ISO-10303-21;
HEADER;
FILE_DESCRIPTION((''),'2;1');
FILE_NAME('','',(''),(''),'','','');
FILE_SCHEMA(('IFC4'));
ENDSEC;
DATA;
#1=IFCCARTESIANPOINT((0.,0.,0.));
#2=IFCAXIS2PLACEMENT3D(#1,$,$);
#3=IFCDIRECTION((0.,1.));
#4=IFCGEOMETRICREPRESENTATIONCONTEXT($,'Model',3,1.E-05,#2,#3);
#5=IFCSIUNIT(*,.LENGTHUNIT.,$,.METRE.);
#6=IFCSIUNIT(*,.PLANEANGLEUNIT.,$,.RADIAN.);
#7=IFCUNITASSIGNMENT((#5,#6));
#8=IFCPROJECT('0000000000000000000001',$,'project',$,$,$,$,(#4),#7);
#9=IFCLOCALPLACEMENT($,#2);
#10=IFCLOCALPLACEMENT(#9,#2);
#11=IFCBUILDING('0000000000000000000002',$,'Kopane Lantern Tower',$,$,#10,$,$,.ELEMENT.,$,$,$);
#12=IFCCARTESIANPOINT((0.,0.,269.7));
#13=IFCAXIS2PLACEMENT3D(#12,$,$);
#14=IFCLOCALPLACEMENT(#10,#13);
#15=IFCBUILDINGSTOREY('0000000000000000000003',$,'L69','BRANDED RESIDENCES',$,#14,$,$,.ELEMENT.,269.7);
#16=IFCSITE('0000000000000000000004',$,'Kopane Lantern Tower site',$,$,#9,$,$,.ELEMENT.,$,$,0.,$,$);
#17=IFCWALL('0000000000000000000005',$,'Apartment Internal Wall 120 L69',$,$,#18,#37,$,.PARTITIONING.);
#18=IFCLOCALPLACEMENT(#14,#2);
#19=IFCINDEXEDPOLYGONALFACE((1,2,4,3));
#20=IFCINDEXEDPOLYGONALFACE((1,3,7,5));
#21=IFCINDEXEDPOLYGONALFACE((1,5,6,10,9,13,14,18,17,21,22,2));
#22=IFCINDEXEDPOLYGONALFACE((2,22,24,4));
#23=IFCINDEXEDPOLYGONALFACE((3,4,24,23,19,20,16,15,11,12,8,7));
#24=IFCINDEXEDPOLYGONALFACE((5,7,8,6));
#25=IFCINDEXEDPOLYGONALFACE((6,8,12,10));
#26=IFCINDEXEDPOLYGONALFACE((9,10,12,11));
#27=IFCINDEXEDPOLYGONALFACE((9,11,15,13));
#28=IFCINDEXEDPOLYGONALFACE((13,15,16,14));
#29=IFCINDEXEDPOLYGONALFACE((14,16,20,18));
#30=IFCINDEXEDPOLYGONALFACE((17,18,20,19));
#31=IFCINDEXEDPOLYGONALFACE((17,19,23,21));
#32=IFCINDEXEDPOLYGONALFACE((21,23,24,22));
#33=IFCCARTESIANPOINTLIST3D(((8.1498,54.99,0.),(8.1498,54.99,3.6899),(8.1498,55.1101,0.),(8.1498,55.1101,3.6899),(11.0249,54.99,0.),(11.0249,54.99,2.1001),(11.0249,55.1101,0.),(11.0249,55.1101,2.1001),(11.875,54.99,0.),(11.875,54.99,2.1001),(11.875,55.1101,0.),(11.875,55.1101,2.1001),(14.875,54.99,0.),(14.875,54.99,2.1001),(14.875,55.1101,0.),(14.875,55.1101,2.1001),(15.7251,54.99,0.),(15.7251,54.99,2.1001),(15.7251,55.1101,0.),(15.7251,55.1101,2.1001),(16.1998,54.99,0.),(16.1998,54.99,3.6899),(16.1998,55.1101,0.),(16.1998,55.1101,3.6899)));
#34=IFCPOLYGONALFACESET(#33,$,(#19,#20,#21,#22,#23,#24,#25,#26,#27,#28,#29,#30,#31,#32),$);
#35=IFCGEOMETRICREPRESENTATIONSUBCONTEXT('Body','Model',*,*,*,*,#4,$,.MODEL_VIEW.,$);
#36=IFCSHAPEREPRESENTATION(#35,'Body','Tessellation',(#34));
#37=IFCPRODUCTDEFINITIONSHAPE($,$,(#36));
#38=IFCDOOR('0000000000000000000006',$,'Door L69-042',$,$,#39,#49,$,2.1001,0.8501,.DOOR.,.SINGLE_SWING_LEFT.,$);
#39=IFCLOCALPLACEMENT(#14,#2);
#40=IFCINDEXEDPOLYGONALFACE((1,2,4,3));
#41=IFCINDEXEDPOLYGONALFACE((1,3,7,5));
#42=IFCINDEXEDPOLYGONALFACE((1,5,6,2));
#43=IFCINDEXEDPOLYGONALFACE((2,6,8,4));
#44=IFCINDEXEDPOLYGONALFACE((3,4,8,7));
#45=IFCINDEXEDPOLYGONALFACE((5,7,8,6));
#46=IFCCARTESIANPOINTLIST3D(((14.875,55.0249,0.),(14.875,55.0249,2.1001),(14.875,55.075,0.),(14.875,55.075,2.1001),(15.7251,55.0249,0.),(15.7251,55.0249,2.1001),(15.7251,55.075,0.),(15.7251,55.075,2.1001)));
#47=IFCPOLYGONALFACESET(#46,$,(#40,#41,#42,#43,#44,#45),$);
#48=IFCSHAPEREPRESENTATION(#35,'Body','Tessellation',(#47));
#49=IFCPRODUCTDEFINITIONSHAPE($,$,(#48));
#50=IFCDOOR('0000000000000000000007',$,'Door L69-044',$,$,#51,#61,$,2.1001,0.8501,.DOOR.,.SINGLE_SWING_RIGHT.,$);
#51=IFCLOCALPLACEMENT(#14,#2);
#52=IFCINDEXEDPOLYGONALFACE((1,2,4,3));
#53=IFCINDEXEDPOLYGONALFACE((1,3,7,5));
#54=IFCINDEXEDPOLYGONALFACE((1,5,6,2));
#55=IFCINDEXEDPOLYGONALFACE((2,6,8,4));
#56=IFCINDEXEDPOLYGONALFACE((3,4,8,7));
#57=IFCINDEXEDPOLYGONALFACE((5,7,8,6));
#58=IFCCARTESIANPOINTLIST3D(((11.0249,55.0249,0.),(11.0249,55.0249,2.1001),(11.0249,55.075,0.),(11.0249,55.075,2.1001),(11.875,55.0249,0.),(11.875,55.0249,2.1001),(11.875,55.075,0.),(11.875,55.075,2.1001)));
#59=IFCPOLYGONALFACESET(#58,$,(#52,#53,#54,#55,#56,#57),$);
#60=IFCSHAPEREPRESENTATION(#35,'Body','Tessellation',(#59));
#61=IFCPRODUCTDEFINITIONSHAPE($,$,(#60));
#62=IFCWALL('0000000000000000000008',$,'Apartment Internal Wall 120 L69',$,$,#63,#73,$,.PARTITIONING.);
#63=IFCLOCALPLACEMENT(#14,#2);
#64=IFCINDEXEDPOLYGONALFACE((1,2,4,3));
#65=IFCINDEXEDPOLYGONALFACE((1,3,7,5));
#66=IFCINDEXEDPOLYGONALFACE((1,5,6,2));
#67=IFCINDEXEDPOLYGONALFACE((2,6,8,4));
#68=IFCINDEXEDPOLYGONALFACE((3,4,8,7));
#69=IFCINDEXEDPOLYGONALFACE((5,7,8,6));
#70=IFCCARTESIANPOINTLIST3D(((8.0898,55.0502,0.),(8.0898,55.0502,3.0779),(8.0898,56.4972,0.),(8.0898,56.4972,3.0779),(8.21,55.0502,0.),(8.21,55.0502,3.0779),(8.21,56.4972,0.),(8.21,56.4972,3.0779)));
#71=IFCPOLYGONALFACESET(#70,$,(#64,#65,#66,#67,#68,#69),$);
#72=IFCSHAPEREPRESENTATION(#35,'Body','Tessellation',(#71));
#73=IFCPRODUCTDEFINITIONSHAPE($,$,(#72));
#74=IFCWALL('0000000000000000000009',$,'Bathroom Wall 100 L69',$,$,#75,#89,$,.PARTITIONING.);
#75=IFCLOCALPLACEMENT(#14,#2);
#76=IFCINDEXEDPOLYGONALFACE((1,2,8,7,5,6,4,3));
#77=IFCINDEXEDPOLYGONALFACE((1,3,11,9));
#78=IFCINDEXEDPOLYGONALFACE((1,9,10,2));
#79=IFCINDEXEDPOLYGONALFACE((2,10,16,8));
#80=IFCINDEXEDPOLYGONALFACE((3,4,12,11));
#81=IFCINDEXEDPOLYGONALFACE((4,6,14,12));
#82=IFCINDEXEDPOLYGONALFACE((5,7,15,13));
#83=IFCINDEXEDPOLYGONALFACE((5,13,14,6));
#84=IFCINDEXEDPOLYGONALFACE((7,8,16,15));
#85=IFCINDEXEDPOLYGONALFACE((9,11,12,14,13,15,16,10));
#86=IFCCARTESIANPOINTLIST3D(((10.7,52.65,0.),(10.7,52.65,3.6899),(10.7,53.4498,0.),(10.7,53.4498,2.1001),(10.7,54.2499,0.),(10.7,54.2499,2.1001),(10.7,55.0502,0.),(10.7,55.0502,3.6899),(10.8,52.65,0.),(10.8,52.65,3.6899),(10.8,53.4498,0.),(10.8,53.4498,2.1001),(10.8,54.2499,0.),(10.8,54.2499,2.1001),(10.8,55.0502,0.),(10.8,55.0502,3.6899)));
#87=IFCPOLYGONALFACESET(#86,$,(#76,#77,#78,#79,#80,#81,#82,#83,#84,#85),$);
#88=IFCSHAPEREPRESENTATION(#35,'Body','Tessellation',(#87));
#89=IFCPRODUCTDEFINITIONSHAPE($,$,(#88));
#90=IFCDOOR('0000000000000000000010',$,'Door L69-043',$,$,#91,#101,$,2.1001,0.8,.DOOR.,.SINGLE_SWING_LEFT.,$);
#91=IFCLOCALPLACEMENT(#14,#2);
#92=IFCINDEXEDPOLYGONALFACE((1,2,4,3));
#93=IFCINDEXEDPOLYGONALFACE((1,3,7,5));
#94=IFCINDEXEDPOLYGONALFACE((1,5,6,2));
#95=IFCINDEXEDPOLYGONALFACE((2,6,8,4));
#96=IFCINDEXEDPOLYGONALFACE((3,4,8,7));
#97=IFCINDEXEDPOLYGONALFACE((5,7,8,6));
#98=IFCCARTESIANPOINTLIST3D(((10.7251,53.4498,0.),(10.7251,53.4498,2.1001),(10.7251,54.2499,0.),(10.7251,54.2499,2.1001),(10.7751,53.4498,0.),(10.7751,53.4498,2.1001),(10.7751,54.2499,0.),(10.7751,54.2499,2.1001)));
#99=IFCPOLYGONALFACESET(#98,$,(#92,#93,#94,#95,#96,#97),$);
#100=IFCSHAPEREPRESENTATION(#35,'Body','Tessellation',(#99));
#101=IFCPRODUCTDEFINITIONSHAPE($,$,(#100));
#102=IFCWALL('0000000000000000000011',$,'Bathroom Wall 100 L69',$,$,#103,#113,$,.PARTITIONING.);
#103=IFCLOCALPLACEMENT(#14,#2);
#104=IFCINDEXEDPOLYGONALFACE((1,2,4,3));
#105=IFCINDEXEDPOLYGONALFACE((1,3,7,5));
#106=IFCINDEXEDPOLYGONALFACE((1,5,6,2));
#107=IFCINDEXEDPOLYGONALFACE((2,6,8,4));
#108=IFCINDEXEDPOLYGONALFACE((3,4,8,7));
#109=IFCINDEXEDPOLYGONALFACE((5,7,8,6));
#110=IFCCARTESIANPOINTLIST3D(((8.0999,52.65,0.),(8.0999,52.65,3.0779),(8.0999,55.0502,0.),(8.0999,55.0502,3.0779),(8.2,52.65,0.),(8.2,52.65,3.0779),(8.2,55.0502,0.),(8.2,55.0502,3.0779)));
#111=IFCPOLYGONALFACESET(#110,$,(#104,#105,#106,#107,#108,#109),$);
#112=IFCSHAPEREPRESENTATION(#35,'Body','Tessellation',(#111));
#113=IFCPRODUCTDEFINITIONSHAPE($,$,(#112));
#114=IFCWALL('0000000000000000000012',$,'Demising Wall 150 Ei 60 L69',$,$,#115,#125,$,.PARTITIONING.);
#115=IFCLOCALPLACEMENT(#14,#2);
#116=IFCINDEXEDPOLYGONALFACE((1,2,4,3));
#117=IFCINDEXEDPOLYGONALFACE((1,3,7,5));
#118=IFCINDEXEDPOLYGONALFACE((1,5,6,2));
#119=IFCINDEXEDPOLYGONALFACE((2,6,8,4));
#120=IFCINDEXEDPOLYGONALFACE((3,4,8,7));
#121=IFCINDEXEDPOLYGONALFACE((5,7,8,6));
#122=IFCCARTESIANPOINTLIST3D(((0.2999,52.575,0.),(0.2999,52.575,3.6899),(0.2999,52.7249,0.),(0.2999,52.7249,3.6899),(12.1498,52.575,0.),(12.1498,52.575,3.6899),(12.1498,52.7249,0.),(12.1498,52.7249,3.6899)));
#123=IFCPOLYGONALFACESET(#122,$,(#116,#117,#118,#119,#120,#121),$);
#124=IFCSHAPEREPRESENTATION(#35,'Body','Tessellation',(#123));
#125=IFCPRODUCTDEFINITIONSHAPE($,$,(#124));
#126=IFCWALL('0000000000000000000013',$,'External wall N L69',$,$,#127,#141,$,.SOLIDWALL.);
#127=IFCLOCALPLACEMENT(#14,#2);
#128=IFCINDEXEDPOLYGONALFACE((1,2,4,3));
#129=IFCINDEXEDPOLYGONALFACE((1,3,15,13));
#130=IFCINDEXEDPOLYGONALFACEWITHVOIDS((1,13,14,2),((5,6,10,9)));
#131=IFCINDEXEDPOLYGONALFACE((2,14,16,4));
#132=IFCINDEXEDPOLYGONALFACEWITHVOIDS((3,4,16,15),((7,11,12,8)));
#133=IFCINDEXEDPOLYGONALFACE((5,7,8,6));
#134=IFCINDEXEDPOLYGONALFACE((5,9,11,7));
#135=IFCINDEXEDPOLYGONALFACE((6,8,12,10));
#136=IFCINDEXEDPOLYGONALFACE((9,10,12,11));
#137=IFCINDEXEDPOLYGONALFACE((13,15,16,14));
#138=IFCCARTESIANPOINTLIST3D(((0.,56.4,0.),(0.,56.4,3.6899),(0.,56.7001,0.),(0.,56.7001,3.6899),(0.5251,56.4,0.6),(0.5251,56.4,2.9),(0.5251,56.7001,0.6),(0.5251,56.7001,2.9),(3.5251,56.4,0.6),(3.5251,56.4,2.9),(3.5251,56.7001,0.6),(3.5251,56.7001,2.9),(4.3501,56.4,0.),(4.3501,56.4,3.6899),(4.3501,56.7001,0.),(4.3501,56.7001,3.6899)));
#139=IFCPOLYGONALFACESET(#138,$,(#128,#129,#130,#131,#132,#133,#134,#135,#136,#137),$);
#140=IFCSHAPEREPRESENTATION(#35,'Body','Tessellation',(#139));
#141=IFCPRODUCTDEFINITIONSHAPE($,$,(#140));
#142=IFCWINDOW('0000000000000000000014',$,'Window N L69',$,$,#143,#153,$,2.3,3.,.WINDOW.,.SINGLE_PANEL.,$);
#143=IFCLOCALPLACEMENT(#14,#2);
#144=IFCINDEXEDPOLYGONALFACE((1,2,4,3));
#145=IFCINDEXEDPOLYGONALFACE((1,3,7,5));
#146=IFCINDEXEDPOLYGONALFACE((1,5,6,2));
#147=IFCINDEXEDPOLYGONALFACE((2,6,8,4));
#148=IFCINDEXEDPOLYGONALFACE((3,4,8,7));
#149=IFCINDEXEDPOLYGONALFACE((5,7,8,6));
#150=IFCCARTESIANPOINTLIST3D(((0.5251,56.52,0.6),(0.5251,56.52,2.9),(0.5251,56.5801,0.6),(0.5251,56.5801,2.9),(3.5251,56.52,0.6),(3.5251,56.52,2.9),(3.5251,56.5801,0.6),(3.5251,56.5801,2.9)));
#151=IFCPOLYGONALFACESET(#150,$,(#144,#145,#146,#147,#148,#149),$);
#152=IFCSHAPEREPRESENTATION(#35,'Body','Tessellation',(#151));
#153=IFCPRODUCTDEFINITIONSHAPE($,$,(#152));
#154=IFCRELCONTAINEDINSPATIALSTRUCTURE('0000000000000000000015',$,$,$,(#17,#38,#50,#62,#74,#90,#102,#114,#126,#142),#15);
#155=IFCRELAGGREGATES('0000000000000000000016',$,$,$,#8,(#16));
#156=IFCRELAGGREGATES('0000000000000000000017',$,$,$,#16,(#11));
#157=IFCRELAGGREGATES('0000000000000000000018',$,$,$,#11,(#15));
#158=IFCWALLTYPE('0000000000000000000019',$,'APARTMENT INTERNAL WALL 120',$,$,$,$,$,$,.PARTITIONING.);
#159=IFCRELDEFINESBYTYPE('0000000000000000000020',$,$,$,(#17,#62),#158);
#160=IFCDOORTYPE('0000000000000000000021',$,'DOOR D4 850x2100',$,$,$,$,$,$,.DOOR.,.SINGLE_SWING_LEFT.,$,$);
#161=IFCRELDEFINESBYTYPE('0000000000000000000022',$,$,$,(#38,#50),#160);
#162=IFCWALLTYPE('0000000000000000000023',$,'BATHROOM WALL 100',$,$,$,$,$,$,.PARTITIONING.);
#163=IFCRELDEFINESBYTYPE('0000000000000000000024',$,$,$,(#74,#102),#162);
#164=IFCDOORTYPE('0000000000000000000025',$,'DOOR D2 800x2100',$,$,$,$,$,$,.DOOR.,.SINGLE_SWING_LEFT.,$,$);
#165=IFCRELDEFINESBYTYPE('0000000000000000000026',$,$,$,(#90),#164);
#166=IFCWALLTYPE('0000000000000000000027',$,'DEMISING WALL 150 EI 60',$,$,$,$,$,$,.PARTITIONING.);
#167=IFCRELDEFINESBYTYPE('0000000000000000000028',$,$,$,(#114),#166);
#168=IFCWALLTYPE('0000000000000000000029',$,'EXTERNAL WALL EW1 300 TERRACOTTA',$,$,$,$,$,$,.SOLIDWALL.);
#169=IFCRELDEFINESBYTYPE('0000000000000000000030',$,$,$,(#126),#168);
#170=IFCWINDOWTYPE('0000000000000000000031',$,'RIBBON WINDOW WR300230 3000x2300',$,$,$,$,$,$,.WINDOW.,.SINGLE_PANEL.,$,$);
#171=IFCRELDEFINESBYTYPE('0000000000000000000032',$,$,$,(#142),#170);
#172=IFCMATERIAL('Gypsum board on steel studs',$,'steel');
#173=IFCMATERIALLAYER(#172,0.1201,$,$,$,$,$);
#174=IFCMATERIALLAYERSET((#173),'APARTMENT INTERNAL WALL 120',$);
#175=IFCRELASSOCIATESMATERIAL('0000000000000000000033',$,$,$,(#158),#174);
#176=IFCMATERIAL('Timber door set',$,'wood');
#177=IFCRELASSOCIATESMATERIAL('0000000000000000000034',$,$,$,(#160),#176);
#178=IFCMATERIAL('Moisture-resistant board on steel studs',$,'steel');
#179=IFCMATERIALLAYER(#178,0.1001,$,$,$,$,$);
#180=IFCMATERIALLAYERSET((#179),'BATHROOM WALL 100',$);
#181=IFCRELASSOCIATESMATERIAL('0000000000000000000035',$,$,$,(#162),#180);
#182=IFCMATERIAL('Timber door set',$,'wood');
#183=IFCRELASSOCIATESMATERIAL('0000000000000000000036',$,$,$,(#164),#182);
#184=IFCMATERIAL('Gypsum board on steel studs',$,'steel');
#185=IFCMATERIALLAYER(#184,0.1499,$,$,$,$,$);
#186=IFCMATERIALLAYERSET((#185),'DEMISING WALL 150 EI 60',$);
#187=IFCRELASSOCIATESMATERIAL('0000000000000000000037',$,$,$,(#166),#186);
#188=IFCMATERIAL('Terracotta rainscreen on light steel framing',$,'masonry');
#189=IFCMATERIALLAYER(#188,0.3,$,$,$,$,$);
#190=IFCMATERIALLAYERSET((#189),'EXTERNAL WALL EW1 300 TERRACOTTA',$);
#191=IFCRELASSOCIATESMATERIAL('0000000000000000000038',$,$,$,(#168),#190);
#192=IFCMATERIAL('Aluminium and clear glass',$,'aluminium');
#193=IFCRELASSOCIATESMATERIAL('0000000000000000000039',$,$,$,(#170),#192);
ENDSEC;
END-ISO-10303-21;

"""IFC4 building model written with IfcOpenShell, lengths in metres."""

from ifc_helpers import new_model, si_unit, direction, frame, frame_2d, origin, place, context, subcontext, project, spatial, rectangle, extrude, material, layer, layer_set, type_object, element, fill, save


model = new_model("IFC4")

# Units and contexts
model_context = context("Model", 3, precision=1e-05, world=origin(), true_north=direction((0.0, 1.0)))
body_context = subcontext(model_context, "Body", "Model", "MODEL_VIEW")
ifc_project = project(units=[si_unit("LENGTHUNIT", "METRE"), si_unit("PLANEANGLEUNIT", "RADIAN")], contexts=[model_context])

# Site, building, storey
site_placement = place(None, origin())
site = spatial("IfcSite", under=ifc_project, at=site_placement, Name="Kopane Lantern Tower site", CompositionType="ELEMENT", RefElevation=0.0)
building_placement = place(site_placement, origin())
building = spatial("IfcBuilding", under=site, at=building_placement, Name="Kopane Lantern Tower", CompositionType="ELEMENT")
storey_placement = place(building_placement, frame((0.0, 0.0, 269.7)))
storey = spatial("IfcBuildingStorey", under=building, at=storey_placement, Name="L69", Description="BRANDED RESIDENCES", CompositionType="ELEMENT", Elevation=269.7)

# Wall, openings, doors
ifc_material_1 = material(Name="Gypsum board on steel studs", Category="steel")
ifc_layer_1 = layer(ifc_material_1, 0.1201)
ifc_layer_set_1 = layer_set([ifc_layer_1], Name="APARTMENT INTERNAL WALL 120")
wall_type_1 = type_object("IfcWallType", Name="APARTMENT INTERNAL WALL 120", PredefinedType="PARTITIONING", material=ifc_layer_set_1)
wall_1_placement = place(storey_placement, frame((8.1499, 55.05, 0.0), z_axis=(0.0, 0.0, 1.0), x_axis=(1.0, 0.0, 0.0)))
wall_1 = element("IfcWall", 1, at=wall_1_placement, inside=storey, type_object=wall_type_1, Name="Apartment Internal Wall 120 L69", PredefinedType="PARTITIONING", context=body_context, shape_type="SweptSolid", body=[
    extrude(rectangle(XDim=8.05, YDim=0.1201, at=frame_2d((4.0249, 0.0))), origin(), (0.0, 0.0, 1.0), 3.6899),
])
opening_1_placement = place(wall_1_placement, frame((6.7251, 0.0, 0.0)))
opening_1 = element("IfcOpeningElement", 2, at=opening_1_placement, cuts=wall_1, PredefinedType="OPENING", context=body_context, shape_type="SweptSolid", body=[
    extrude(rectangle(XDim=0.8501, YDim=2.1001, at=frame_2d((0.425, 1.05))), frame((0.0, 0.0701, 0.0), z_axis=(0.0, -1.0, 0.0), x_axis=(1.0, 0.0, 0.0)), (0.0, 0.0, 1.0), 0.1401),
])
opening_2_placement = place(wall_1_placement, frame((2.875, 0.0, 0.0)))
opening_2 = element("IfcOpeningElement", 3, at=opening_2_placement, cuts=wall_1, PredefinedType="OPENING", context=body_context, shape_type="SweptSolid", body=[
    extrude(rectangle(XDim=0.8501, YDim=2.1001, at=frame_2d((0.425, 1.05))), frame((0.0, 0.0701, 0.0), z_axis=(0.0, -1.0, 0.0), x_axis=(1.0, 0.0, 0.0)), (0.0, 0.0, 1.0), 0.1401),
])
ifc_material_2 = material(Name="Timber door set", Category="wood")
door_type_1 = type_object("IfcDoorType", Name="DOOR D4 850x2100", OperationType="SINGLE_SWING_LEFT", PredefinedType="DOOR", material=ifc_material_2)
door_1_placement = place(opening_1_placement, origin())
door_1 = element("IfcDoor", 4, at=door_1_placement, inside=storey, type_object=door_type_1, Name="Door L69-042", OperationType="SINGLE_SWING_LEFT", OverallHeight=2.1001, OverallWidth=0.8501, PredefinedType="DOOR", context=body_context, shape_type="SweptSolid", body=[
    extrude(rectangle(XDim=0.8501, YDim=2.1001, at=frame_2d((0.425, 1.05))), frame((0.0, 0.0249, 0.0), z_axis=(0.0, -1.0, 0.0), x_axis=(1.0, 0.0, 0.0)), (0.0, 0.0, 1.0), 0.05),
])
fill(opening_1, door_1)
door_2_placement = place(opening_2_placement, origin())
door_2 = element("IfcDoor", 5, at=door_2_placement, inside=storey, type_object=door_type_1, Name="Door L69-044", OperationType="SINGLE_SWING_RIGHT", OverallHeight=2.1001, OverallWidth=0.8501, PredefinedType="DOOR", context=body_context, shape_type="SweptSolid", body=[
    extrude(rectangle(XDim=0.8501, YDim=2.1001, at=frame_2d((0.425, 1.05))), frame((0.0, 0.0249, 0.0), z_axis=(0.0, -1.0, 0.0), x_axis=(1.0, 0.0, 0.0)), (0.0, 0.0, 1.0), 0.05),
])
fill(opening_2, door_2)

# Wall
wall_2_placement = place(storey_placement, frame((8.1499, 55.05, 0.0), z_axis=(0.0, 0.0, 1.0), x_axis=(0.0, 1.0, 0.0)))
element("IfcWall", 6, at=wall_2_placement, inside=storey, type_object=wall_type_1, Name="Apartment Internal Wall 120 L69", PredefinedType="PARTITIONING", context=body_context, shape_type="SweptSolid", body=[
    extrude(rectangle(XDim=1.447, YDim=0.1201, at=frame_2d((0.7236, 0.0))), origin(), (0.0, 0.0, 1.0), 3.0779),
])

# Wall, opening, door
ifc_material_3 = material(Name="Moisture-resistant board on steel studs", Category="steel")
ifc_layer_2 = layer(ifc_material_3, 0.1001)
ifc_layer_set_2 = layer_set([ifc_layer_2], Name="BATHROOM WALL 100")
wall_type_2 = type_object("IfcWallType", Name="BATHROOM WALL 100", PredefinedType="PARTITIONING", material=ifc_layer_set_2)
wall_3_placement = place(storey_placement, frame((10.75, 52.6499, 0.0), z_axis=(0.0, 0.0, 1.0), x_axis=(0.0, 1.0, 0.0)))
wall_3 = element("IfcWall", 7, at=wall_3_placement, inside=storey, type_object=wall_type_2, Name="Bathroom Wall 100 L69", PredefinedType="PARTITIONING", context=body_context, shape_type="SweptSolid", body=[
    extrude(rectangle(XDim=2.4001, YDim=0.1001, at=frame_2d((1.2002, 0.0))), origin(), (0.0, 0.0, 1.0), 3.6899),
])
opening_3_placement = place(wall_3_placement, frame((0.8, 0.0, 0.0)))
opening_3 = element("IfcOpeningElement", 8, at=opening_3_placement, cuts=wall_3, PredefinedType="OPENING", context=body_context, shape_type="SweptSolid", body=[
    extrude(rectangle(XDim=0.8, YDim=2.1001, at=frame_2d((0.3999, 1.05))), frame((0.0, 0.0601, 0.0), z_axis=(0.0, -1.0, 0.0), x_axis=(1.0, 0.0, 0.0)), (0.0, 0.0, 1.0), 0.1201),
])
ifc_material_4 = material(Name="Timber door set", Category="wood")
door_type_2 = type_object("IfcDoorType", Name="DOOR D2 800x2100", OperationType="SINGLE_SWING_LEFT", PredefinedType="DOOR", material=ifc_material_4)
door_3_placement = place(opening_3_placement, origin())
door_3 = element("IfcDoor", 9, at=door_3_placement, inside=storey, type_object=door_type_2, Name="Door L69-043", OperationType="SINGLE_SWING_LEFT", OverallHeight=2.1001, OverallWidth=0.8, PredefinedType="DOOR", context=body_context, shape_type="SweptSolid", body=[
    extrude(rectangle(XDim=0.8, YDim=2.1001, at=frame_2d((0.3999, 1.05))), frame((0.0, 0.0249, 0.0), z_axis=(0.0, -1.0, 0.0), x_axis=(1.0, 0.0, 0.0)), (0.0, 0.0, 1.0), 0.05),
])
fill(opening_3, door_3)

# Walls
wall_4_placement = place(storey_placement, frame((8.1499, 52.6499, 0.0), z_axis=(0.0, 0.0, 1.0), x_axis=(0.0, 1.0, 0.0)))
element("IfcWall", 10, at=wall_4_placement, inside=storey, type_object=wall_type_2, Name="Bathroom Wall 100 L69", PredefinedType="PARTITIONING", context=body_context, shape_type="SweptSolid", body=[
    extrude(rectangle(XDim=2.4001, YDim=0.1001, at=frame_2d((1.2002, 0.0))), origin(), (0.0, 0.0, 1.0), 3.0779),
])
ifc_material_5 = material(Name="Gypsum board on steel studs", Category="steel")
ifc_layer_3 = layer(ifc_material_5, 0.1499)
ifc_layer_set_3 = layer_set([ifc_layer_3], Name="DEMISING WALL 150 EI 60")
wall_type_3 = type_object("IfcWallType", Name="DEMISING WALL 150 EI 60", PredefinedType="PARTITIONING", material=ifc_layer_set_3)
wall_5_placement = place(storey_placement, frame((0.3, 52.6499, 0.0), z_axis=(0.0, 0.0, 1.0), x_axis=(1.0, 0.0, 0.0)))
element("IfcWall", 11, at=wall_5_placement, inside=storey, type_object=wall_type_3, Name="Demising Wall 150 Ei 60 L69", PredefinedType="PARTITIONING", context=body_context, shape_type="SweptSolid", body=[
    extrude(rectangle(XDim=11.8499, YDim=0.1499, at=frame_2d((5.9248, 0.0))), origin(), (0.0, 0.0, 1.0), 3.6899),
])

# Wall, opening, window
ifc_material_6 = material(Name="Terracotta rainscreen on light steel framing", Category="masonry")
ifc_layer_4 = layer(ifc_material_6, 0.3)
ifc_layer_set_4 = layer_set([ifc_layer_4], Name="EXTERNAL WALL EW1 300 TERRACOTTA")
wall_type_4 = type_object("IfcWallType", Name="EXTERNAL WALL EW1 300 TERRACOTTA", PredefinedType="SOLIDWALL", material=ifc_layer_set_4)
wall_6_placement = place(storey_placement, frame((4.3501, 56.55, 0.0), z_axis=(0.0, 0.0, 1.0), x_axis=(-1.0, 0.0, 0.0)))
wall_6 = element("IfcWall", 12, at=wall_6_placement, inside=storey, type_object=wall_type_4, Name="External wall N L69", PredefinedType="SOLIDWALL", context=body_context, shape_type="SweptSolid", body=[
    extrude(rectangle(XDim=4.3501, YDim=0.3, at=frame_2d((2.175, 0.0))), origin(), (0.0, 0.0, 1.0), 3.6899),
])
opening_4_placement = place(wall_6_placement, frame((0.825, 0.0, 0.6001)))
opening_4 = element("IfcOpeningElement", 13, at=opening_4_placement, cuts=wall_6, PredefinedType="OPENING", context=body_context, shape_type="SweptSolid", body=[
    extrude(rectangle(XDim=3.0, YDim=2.3, at=frame_2d((1.5, 1.1499))), frame((0.0, 0.1599, 0.0), z_axis=(0.0, -1.0, 0.0), x_axis=(1.0, 0.0, 0.0)), (0.0, 0.0, 1.0), 0.3201),
])
ifc_material_7 = material(Name="Aluminium and clear glass", Category="aluminium")
window_type_1 = type_object("IfcWindowType", Name="RIBBON WINDOW WR300230 3000x2300", PartitioningType="SINGLE_PANEL", PredefinedType="WINDOW", material=ifc_material_7)
window_1_placement = place(opening_4_placement, origin())
window_1 = element("IfcWindow", 14, at=window_1_placement, inside=storey, type_object=window_type_1, Name="Window N L69", OverallHeight=2.3, OverallWidth=3.0, PartitioningType="SINGLE_PANEL", PredefinedType="WINDOW", context=body_context, shape_type="SweptSolid", body=[
    extrude(rectangle(XDim=3.0, YDim=2.3, at=frame_2d((1.5, 1.1499))), frame((0.0, 0.03, 0.0), z_axis=(0.0, -1.0, 0.0), x_axis=(1.0, 0.0, 0.0)), (0.0, 0.0, 1.0), 0.0601),
])
fill(opening_4, window_1)

save(model, "model.ifc")
